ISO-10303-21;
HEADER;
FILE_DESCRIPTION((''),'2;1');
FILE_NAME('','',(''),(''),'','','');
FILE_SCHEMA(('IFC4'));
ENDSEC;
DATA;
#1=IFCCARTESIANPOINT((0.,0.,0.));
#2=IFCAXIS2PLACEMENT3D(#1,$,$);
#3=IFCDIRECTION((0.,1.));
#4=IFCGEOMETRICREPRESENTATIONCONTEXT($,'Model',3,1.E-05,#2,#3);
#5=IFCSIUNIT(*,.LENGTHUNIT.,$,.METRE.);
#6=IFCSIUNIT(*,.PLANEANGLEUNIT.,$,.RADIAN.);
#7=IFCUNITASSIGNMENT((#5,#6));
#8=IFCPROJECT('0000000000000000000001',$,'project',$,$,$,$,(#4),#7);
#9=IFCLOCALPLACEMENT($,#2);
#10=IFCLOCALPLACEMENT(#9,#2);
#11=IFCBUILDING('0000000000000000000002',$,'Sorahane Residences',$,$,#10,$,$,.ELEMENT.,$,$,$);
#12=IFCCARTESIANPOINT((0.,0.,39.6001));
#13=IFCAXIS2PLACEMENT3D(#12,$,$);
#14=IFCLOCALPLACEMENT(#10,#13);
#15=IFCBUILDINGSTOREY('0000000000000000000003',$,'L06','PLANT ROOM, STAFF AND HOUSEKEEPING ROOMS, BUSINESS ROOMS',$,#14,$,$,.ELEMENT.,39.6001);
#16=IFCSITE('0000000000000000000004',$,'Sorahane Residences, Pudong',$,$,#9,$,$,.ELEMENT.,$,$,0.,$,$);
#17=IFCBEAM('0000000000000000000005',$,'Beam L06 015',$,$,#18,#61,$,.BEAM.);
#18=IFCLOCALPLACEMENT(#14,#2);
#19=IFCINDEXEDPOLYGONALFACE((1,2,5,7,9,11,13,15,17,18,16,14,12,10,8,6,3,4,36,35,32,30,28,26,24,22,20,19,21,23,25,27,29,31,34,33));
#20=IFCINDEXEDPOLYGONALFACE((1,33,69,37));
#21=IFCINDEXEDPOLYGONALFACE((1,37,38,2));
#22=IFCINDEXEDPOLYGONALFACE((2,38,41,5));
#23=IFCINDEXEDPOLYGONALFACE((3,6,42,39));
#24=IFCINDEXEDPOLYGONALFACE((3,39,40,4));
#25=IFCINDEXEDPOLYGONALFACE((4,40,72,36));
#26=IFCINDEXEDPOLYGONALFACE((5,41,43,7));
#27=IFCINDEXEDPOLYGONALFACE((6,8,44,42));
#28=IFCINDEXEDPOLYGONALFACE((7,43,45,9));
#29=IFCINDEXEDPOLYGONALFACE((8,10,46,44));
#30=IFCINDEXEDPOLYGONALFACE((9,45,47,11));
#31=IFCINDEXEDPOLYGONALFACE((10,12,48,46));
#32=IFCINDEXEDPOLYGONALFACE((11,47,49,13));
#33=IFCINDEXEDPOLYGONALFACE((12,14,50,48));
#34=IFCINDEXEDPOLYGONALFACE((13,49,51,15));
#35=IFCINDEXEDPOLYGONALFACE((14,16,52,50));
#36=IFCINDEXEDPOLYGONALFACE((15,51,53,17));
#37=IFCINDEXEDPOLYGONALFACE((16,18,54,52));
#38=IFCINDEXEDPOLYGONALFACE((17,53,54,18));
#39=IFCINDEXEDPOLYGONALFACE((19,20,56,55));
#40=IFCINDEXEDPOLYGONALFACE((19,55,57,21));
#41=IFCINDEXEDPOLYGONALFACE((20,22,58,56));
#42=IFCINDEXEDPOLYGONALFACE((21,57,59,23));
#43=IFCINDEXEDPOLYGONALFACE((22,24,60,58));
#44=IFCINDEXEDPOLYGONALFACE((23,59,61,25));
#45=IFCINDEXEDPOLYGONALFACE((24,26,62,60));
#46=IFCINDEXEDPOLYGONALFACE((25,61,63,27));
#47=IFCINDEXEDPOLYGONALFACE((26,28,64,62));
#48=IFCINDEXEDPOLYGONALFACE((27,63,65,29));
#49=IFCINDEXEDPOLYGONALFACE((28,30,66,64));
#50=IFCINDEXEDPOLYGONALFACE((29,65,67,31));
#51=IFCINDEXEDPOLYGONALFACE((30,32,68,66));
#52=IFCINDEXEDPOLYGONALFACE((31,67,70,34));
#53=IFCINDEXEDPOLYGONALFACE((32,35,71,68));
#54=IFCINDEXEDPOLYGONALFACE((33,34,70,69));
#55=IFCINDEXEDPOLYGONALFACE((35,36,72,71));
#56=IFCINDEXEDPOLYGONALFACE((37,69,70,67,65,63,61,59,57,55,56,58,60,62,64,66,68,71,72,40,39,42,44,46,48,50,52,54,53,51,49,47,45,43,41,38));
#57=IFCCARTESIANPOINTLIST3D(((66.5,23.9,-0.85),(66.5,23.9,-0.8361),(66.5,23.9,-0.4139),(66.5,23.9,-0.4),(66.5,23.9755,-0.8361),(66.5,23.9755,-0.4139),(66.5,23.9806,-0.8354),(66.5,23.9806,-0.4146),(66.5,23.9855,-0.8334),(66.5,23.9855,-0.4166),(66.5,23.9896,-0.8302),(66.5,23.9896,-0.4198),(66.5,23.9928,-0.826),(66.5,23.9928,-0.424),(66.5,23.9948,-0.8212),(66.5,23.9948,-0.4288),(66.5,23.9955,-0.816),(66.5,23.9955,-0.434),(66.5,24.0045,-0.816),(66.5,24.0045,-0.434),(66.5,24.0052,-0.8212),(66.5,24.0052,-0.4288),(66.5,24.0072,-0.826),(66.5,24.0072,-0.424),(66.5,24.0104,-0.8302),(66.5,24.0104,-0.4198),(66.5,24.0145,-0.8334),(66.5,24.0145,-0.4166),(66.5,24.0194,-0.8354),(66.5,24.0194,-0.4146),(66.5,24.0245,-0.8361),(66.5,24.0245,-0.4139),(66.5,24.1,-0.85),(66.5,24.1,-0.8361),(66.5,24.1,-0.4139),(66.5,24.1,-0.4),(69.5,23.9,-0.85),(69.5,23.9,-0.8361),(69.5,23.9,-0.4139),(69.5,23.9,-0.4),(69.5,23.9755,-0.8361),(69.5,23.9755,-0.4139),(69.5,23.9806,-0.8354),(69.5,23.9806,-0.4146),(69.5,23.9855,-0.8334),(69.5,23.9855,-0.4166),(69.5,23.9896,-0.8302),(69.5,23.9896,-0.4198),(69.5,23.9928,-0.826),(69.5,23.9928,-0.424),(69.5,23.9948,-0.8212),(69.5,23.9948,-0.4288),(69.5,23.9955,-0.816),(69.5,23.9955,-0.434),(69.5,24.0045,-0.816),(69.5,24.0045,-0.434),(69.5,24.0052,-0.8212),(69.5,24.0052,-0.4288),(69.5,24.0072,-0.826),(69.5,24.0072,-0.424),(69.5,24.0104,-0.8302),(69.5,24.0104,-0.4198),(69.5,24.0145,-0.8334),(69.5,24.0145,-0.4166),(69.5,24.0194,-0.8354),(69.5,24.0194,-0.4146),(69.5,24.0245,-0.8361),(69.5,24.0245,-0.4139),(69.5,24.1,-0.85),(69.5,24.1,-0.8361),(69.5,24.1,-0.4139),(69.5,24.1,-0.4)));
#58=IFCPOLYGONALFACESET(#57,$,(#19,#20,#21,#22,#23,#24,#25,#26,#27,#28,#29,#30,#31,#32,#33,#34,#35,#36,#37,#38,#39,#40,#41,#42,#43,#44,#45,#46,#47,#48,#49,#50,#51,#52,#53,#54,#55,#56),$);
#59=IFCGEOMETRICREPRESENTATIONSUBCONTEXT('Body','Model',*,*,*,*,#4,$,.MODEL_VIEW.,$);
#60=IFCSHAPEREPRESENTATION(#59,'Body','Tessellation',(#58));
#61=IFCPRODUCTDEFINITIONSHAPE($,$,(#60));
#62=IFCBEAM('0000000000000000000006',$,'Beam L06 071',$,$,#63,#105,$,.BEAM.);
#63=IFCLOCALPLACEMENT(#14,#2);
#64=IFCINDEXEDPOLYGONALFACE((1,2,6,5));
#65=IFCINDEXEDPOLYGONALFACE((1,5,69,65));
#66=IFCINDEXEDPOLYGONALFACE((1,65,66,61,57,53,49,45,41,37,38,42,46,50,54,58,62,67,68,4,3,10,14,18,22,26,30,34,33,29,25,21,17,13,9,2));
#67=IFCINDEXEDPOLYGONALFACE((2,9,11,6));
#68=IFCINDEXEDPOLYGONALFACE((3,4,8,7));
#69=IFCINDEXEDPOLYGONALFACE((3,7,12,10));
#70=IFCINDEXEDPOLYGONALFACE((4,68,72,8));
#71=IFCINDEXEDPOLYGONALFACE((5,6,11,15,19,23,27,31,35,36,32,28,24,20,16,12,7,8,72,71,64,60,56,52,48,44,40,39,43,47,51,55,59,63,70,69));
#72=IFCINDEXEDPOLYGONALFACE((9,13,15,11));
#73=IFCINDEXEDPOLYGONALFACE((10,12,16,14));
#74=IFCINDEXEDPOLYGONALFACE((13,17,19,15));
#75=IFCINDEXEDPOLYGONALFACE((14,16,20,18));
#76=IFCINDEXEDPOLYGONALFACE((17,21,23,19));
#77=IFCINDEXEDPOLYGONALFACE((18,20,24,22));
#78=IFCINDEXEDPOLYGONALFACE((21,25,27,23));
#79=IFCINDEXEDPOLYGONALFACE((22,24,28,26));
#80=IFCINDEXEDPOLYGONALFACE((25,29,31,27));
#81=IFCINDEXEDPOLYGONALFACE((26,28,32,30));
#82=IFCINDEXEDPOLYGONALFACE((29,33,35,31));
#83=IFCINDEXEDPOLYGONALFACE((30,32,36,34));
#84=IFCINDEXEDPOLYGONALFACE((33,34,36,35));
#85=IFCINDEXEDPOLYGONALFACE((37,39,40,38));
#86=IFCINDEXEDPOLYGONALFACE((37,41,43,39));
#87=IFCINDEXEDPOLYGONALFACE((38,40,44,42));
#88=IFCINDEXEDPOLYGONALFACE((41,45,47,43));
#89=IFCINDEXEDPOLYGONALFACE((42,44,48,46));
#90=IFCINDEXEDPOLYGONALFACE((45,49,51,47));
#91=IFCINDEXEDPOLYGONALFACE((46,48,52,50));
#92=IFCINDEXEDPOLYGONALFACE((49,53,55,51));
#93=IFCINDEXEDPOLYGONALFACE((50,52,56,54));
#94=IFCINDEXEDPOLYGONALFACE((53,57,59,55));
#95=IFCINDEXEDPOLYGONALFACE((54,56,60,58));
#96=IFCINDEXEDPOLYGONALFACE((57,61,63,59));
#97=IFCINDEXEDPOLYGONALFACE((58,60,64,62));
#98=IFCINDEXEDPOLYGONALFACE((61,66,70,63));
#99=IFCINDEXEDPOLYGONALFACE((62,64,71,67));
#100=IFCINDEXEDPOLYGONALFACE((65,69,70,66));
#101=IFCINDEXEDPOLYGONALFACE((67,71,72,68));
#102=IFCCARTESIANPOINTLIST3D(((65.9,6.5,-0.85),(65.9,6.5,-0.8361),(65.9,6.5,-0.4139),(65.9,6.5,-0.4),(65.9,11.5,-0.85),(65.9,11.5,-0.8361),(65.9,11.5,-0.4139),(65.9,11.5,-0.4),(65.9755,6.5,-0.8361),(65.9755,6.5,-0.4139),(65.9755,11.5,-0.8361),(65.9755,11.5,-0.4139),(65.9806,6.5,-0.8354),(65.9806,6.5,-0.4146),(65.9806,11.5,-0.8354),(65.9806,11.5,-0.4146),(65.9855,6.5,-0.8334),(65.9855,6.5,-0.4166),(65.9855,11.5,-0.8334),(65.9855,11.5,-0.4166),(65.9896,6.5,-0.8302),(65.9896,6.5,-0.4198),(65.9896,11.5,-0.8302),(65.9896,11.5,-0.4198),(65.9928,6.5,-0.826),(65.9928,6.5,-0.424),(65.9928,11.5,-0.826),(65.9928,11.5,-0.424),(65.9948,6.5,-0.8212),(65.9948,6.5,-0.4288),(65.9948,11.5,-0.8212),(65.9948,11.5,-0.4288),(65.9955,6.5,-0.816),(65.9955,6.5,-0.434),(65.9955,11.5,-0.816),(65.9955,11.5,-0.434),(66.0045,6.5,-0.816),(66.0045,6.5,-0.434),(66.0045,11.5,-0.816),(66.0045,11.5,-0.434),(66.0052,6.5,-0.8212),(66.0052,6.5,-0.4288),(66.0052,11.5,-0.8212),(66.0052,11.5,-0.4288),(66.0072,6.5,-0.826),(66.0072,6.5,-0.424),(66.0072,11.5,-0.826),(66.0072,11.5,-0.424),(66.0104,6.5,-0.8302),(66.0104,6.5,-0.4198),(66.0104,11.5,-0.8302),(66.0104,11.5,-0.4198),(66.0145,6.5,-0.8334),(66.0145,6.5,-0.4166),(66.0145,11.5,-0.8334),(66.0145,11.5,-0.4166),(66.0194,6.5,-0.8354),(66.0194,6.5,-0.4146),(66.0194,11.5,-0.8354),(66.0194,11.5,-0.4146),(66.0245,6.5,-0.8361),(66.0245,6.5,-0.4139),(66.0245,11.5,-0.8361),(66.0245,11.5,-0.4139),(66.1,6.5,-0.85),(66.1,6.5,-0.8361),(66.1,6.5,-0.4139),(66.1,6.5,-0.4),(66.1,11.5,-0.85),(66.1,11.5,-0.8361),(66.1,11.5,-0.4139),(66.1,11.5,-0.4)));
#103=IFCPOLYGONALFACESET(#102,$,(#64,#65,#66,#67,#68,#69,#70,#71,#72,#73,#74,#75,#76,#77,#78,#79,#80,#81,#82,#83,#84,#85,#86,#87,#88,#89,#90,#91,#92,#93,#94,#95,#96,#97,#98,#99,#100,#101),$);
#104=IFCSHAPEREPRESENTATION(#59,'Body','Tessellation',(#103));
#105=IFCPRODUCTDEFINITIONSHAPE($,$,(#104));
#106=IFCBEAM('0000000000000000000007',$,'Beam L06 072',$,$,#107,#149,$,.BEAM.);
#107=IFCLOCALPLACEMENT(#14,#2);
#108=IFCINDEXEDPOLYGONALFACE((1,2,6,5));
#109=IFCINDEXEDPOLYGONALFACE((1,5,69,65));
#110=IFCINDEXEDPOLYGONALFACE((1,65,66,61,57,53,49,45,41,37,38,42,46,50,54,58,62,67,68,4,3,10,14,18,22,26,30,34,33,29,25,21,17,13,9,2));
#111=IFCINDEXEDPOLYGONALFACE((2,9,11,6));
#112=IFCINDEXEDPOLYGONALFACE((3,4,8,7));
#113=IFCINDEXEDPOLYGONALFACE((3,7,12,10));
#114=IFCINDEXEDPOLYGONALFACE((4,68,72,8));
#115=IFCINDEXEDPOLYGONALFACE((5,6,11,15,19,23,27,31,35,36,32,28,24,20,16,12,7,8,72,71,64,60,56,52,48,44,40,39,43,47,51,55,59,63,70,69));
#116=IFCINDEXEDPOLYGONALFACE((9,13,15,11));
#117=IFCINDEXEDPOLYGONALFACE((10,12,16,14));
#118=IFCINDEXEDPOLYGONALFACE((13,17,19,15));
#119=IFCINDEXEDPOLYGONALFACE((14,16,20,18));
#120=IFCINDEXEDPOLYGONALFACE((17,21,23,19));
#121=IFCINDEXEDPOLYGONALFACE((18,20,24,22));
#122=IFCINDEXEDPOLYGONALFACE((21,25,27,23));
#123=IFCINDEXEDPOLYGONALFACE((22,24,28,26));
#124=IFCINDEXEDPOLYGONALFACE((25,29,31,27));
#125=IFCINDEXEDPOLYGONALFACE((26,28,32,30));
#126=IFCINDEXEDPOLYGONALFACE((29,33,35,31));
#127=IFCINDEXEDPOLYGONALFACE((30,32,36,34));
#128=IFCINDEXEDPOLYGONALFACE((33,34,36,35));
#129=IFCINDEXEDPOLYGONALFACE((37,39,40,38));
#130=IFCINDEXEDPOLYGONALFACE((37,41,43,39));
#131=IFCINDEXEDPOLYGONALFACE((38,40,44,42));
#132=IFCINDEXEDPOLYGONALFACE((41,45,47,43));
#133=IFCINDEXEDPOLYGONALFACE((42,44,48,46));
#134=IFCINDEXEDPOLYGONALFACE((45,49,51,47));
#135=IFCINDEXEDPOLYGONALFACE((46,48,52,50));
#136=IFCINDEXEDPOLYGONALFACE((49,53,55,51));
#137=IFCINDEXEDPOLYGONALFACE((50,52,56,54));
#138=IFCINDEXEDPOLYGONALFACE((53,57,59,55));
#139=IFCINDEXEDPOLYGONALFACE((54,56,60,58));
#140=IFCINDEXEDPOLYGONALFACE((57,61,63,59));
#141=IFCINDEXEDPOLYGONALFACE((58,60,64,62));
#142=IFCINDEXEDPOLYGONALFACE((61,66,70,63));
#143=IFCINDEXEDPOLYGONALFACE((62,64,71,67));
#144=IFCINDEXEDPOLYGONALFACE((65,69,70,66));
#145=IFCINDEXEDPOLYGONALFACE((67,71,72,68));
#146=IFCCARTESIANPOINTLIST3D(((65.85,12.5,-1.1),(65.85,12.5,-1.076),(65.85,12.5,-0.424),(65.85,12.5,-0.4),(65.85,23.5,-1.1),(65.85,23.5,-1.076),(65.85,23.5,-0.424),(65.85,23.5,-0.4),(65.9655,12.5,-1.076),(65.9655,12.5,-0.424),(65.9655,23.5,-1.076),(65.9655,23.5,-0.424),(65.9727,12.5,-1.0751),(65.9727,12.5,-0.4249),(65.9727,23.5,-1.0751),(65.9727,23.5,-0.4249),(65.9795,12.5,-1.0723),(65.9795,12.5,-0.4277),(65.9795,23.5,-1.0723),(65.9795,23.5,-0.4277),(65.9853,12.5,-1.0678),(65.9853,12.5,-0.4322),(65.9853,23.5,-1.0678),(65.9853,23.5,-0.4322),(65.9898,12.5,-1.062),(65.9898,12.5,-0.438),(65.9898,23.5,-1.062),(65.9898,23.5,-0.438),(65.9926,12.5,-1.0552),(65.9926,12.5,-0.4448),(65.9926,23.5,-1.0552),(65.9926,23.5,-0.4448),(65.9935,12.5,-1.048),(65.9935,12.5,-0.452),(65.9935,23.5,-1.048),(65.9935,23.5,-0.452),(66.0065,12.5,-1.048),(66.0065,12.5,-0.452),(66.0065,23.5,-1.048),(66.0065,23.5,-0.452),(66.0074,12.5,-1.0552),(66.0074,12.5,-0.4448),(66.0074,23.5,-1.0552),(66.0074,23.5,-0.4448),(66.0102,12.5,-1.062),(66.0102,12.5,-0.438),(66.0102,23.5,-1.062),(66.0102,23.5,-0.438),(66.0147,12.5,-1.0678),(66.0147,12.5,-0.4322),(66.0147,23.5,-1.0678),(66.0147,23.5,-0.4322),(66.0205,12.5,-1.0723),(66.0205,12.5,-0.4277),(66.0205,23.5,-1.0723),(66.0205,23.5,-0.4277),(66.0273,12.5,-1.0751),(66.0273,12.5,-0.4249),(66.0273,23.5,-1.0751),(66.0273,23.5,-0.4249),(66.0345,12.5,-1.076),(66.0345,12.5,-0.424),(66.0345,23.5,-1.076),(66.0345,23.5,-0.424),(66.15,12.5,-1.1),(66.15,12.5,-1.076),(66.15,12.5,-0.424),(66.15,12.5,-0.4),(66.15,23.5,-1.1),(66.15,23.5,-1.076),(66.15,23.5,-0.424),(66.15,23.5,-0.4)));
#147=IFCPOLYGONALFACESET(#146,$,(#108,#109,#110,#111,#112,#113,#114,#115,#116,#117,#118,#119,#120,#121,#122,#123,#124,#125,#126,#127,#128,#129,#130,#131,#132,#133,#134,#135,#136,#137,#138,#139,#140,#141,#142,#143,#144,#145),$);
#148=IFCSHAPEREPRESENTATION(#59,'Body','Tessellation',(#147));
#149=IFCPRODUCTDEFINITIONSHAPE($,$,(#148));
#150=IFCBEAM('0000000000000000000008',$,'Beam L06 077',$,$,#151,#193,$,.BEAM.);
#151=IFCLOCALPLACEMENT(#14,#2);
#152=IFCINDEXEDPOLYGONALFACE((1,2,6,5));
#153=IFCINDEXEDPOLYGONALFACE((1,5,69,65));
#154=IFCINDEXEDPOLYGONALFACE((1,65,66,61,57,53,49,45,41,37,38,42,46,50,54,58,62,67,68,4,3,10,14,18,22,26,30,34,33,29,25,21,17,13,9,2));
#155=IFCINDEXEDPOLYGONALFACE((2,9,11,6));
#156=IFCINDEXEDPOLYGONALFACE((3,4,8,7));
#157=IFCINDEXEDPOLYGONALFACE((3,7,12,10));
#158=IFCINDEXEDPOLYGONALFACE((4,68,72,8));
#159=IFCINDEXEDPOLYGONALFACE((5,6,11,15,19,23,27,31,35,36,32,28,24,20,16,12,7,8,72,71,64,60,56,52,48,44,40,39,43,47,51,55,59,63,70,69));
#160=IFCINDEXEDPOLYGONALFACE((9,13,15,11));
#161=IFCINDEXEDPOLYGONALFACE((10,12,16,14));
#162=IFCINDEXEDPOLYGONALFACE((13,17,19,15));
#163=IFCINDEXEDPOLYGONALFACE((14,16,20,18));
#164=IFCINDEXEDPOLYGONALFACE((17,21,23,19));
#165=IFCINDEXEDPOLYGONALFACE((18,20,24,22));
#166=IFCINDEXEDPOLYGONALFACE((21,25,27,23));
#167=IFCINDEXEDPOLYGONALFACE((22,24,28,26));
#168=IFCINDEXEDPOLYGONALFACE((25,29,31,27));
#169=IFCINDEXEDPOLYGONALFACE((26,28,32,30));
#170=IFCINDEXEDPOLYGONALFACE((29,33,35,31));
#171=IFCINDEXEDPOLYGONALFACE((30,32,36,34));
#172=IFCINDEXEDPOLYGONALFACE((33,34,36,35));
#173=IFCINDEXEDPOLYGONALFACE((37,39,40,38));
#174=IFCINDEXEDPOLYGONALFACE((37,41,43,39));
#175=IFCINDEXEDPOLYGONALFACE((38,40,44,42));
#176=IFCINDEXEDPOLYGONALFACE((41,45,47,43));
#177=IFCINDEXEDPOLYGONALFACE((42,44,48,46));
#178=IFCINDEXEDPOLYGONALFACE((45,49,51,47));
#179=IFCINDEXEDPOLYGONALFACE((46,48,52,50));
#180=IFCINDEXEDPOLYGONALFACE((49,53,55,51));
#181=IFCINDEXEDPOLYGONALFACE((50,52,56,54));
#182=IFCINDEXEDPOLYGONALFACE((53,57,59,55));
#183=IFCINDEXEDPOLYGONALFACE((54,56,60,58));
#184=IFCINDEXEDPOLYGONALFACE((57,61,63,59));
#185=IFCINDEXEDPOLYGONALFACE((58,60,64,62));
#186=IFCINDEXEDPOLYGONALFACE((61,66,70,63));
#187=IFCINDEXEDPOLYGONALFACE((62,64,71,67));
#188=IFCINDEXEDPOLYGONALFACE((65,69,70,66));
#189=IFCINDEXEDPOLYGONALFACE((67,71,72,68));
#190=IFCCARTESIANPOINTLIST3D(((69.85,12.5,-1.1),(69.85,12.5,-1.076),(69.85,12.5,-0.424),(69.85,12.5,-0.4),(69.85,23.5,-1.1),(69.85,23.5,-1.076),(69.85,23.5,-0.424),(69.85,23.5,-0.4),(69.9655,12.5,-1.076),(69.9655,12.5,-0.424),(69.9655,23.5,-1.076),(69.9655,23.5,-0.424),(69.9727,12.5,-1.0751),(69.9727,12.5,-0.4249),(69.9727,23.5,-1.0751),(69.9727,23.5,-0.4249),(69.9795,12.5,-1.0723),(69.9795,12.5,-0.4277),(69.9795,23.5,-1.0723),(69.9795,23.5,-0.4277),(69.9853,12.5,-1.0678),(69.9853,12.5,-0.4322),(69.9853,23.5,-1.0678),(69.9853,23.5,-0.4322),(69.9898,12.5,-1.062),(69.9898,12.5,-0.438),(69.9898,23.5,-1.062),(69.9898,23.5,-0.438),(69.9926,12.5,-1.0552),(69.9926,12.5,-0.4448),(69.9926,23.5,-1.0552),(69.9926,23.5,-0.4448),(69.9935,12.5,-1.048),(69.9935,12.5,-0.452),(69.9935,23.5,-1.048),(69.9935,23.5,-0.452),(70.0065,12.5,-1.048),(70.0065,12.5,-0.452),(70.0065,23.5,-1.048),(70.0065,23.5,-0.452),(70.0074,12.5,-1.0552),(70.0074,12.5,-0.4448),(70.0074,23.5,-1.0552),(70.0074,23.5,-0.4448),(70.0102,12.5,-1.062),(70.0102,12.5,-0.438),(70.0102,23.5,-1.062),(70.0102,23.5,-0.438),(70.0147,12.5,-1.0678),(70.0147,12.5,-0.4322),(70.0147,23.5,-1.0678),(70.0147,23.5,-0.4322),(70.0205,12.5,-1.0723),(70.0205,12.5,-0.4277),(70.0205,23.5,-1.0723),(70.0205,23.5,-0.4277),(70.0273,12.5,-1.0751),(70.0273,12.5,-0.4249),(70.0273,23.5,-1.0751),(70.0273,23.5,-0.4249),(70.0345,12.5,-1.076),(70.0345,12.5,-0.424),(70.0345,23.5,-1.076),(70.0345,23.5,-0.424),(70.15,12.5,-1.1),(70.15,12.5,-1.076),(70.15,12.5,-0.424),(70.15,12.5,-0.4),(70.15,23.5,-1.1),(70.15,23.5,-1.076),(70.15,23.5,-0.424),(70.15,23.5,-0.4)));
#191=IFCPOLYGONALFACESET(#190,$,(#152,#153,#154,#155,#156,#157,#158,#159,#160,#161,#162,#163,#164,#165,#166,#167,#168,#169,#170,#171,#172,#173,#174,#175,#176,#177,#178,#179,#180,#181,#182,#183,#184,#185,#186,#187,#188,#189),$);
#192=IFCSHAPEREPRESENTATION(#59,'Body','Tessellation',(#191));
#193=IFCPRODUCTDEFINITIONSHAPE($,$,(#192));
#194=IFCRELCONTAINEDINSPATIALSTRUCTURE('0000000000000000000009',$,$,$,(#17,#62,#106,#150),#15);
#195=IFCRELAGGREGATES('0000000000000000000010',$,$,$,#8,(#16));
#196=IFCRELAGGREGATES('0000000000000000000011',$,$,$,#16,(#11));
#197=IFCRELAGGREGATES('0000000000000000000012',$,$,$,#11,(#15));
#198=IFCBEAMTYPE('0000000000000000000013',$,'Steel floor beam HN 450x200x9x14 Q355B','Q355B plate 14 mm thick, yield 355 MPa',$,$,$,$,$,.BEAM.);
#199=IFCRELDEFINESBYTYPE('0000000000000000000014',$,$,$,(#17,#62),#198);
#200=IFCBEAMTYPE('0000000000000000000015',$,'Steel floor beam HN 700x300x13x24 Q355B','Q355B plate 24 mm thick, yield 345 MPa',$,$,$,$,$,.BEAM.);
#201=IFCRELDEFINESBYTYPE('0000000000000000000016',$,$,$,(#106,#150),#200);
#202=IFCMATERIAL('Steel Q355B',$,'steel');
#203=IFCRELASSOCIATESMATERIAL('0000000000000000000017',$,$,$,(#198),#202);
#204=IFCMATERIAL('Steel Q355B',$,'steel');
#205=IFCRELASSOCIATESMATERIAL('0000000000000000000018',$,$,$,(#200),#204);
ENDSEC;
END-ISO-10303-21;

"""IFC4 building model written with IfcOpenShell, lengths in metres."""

from ifc_helpers import new_model, si_unit, direction, frame, origin, origin_2d, place, context, subcontext, project, spatial, i_section, extrude, material, material_profile, profile_set, type_object, element, save


model = new_model("IFC4")

# Units and contexts
model_context = context("Model", 3, precision=1e-05, world=origin(), true_north=direction((0.0, 1.0)))
body_context = subcontext(model_context, "Body", "Model", "MODEL_VIEW")
ifc_project = project(units=[si_unit("LENGTHUNIT", "METRE"), si_unit("PLANEANGLEUNIT", "RADIAN")], contexts=[model_context])

# Site, building, storey
site_placement = place(None, origin())
site = spatial("IfcSite", under=ifc_project, at=site_placement, Name="Sorahane Residences, Pudong", CompositionType="ELEMENT", RefElevation=0.0)
building_placement = place(site_placement, origin())
building = spatial("IfcBuilding", under=site, at=building_placement, Name="Sorahane Residences", CompositionType="ELEMENT")
storey_placement = place(building_placement, frame((0.0, 0.0, 39.6001)))
storey = spatial("IfcBuildingStorey", under=building, at=storey_placement, Name="L06", Description="PLANT ROOM, STAFF AND HOUSEKEEPING ROOMS, BUSINESS ROOMS", CompositionType="ELEMENT", Elevation=39.6001)

# Beams
ifc_material_1 = material(Name="Steel Q355B", Category="steel")
ifc_material_profile_1 = material_profile(ifc_material_1, i_section(OverallWidth=0.2, OverallDepth=0.45, WebThickness=0.009, FlangeThickness=0.0139, FilletRadius=0.02, at=origin_2d()), Name="HN 450x200x9x14")
ifc_profile_set_1 = profile_set([ifc_material_profile_1], Name="Steel Q355B")
beam_type_1 = type_object("IfcBeamType", Name="Steel floor beam HN 450x200x9x14 Q355B", Description="Q355B plate 14 mm thick, yield 355 MPa", PredefinedType="BEAM", material=ifc_profile_set_1)
for number, where, z_axis, x_axis, name in (
    (1, (66.5, 24.0, -0.625), (1.0, 0.0, 0.0), (0.0, 1.0, 0.0), "Beam L06 015"),
):
    element("IfcBeam", number, at=place(storey_placement, frame(where, z_axis=z_axis, x_axis=x_axis)), inside=storey, type_object=beam_type_1, Name=name, PredefinedType="BEAM", context=body_context, shape_type="SweptSolid", body=[
        extrude(i_section(OverallWidth=0.2, OverallDepth=0.45, WebThickness=0.009, FlangeThickness=0.0139, FilletRadius=0.02, at=origin_2d()), origin(), (0.0, 0.0, 1.0), 3.0),
    ])
beam_placement = place(storey_placement, frame((66.0, 6.5, -0.625), z_axis=(0.0, 1.0, 0.0), x_axis=(-1.0, 0.0, 0.0)))
element("IfcBeam", 2, at=beam_placement, inside=storey, type_object=beam_type_1, Name="Beam L06 071", PredefinedType="BEAM", context=body_context, shape_type="SweptSolid", body=[
    extrude(i_section(OverallWidth=0.2, OverallDepth=0.45, WebThickness=0.009, FlangeThickness=0.0139, FilletRadius=0.02, at=origin_2d()), origin(), (0.0, 0.0, 1.0), 5.0),
])
ifc_material_2 = material(Name="Steel Q355B", Category="steel")
ifc_material_profile_2 = material_profile(ifc_material_2, i_section(OverallWidth=0.3, OverallDepth=0.7, WebThickness=0.0129, FlangeThickness=0.0239, FilletRadius=0.0281, at=origin_2d()), Name="HN 700x300x13x24")
ifc_profile_set_2 = profile_set([ifc_material_profile_2], Name="Steel Q355B")
beam_type_2 = type_object("IfcBeamType", Name="Steel floor beam HN 700x300x13x24 Q355B", Description="Q355B plate 24 mm thick, yield 345 MPa", PredefinedType="BEAM", material=ifc_profile_set_2)
for number, where, z_axis, x_axis, name in (
    (3, (66.0, 12.5, -0.75), (0.0, 1.0, 0.0), (-1.0, 0.0, 0.0), "Beam L06 072"),
    (4, (70.0, 12.5, -0.75), (0.0, 1.0, 0.0), (-1.0, 0.0, 0.0), "Beam L06 077"),
):
    element("IfcBeam", number, at=place(storey_placement, frame(where, z_axis=z_axis, x_axis=x_axis)), inside=storey, type_object=beam_type_2, Name=name, PredefinedType="BEAM", context=body_context, shape_type="SweptSolid", body=[
        extrude(i_section(OverallWidth=0.3, OverallDepth=0.7, WebThickness=0.0129, FlangeThickness=0.0239, FilletRadius=0.0281, at=origin_2d()), origin(), (0.0, 0.0, 1.0), 11.0),
    ])

save(model, "model.ifc")
